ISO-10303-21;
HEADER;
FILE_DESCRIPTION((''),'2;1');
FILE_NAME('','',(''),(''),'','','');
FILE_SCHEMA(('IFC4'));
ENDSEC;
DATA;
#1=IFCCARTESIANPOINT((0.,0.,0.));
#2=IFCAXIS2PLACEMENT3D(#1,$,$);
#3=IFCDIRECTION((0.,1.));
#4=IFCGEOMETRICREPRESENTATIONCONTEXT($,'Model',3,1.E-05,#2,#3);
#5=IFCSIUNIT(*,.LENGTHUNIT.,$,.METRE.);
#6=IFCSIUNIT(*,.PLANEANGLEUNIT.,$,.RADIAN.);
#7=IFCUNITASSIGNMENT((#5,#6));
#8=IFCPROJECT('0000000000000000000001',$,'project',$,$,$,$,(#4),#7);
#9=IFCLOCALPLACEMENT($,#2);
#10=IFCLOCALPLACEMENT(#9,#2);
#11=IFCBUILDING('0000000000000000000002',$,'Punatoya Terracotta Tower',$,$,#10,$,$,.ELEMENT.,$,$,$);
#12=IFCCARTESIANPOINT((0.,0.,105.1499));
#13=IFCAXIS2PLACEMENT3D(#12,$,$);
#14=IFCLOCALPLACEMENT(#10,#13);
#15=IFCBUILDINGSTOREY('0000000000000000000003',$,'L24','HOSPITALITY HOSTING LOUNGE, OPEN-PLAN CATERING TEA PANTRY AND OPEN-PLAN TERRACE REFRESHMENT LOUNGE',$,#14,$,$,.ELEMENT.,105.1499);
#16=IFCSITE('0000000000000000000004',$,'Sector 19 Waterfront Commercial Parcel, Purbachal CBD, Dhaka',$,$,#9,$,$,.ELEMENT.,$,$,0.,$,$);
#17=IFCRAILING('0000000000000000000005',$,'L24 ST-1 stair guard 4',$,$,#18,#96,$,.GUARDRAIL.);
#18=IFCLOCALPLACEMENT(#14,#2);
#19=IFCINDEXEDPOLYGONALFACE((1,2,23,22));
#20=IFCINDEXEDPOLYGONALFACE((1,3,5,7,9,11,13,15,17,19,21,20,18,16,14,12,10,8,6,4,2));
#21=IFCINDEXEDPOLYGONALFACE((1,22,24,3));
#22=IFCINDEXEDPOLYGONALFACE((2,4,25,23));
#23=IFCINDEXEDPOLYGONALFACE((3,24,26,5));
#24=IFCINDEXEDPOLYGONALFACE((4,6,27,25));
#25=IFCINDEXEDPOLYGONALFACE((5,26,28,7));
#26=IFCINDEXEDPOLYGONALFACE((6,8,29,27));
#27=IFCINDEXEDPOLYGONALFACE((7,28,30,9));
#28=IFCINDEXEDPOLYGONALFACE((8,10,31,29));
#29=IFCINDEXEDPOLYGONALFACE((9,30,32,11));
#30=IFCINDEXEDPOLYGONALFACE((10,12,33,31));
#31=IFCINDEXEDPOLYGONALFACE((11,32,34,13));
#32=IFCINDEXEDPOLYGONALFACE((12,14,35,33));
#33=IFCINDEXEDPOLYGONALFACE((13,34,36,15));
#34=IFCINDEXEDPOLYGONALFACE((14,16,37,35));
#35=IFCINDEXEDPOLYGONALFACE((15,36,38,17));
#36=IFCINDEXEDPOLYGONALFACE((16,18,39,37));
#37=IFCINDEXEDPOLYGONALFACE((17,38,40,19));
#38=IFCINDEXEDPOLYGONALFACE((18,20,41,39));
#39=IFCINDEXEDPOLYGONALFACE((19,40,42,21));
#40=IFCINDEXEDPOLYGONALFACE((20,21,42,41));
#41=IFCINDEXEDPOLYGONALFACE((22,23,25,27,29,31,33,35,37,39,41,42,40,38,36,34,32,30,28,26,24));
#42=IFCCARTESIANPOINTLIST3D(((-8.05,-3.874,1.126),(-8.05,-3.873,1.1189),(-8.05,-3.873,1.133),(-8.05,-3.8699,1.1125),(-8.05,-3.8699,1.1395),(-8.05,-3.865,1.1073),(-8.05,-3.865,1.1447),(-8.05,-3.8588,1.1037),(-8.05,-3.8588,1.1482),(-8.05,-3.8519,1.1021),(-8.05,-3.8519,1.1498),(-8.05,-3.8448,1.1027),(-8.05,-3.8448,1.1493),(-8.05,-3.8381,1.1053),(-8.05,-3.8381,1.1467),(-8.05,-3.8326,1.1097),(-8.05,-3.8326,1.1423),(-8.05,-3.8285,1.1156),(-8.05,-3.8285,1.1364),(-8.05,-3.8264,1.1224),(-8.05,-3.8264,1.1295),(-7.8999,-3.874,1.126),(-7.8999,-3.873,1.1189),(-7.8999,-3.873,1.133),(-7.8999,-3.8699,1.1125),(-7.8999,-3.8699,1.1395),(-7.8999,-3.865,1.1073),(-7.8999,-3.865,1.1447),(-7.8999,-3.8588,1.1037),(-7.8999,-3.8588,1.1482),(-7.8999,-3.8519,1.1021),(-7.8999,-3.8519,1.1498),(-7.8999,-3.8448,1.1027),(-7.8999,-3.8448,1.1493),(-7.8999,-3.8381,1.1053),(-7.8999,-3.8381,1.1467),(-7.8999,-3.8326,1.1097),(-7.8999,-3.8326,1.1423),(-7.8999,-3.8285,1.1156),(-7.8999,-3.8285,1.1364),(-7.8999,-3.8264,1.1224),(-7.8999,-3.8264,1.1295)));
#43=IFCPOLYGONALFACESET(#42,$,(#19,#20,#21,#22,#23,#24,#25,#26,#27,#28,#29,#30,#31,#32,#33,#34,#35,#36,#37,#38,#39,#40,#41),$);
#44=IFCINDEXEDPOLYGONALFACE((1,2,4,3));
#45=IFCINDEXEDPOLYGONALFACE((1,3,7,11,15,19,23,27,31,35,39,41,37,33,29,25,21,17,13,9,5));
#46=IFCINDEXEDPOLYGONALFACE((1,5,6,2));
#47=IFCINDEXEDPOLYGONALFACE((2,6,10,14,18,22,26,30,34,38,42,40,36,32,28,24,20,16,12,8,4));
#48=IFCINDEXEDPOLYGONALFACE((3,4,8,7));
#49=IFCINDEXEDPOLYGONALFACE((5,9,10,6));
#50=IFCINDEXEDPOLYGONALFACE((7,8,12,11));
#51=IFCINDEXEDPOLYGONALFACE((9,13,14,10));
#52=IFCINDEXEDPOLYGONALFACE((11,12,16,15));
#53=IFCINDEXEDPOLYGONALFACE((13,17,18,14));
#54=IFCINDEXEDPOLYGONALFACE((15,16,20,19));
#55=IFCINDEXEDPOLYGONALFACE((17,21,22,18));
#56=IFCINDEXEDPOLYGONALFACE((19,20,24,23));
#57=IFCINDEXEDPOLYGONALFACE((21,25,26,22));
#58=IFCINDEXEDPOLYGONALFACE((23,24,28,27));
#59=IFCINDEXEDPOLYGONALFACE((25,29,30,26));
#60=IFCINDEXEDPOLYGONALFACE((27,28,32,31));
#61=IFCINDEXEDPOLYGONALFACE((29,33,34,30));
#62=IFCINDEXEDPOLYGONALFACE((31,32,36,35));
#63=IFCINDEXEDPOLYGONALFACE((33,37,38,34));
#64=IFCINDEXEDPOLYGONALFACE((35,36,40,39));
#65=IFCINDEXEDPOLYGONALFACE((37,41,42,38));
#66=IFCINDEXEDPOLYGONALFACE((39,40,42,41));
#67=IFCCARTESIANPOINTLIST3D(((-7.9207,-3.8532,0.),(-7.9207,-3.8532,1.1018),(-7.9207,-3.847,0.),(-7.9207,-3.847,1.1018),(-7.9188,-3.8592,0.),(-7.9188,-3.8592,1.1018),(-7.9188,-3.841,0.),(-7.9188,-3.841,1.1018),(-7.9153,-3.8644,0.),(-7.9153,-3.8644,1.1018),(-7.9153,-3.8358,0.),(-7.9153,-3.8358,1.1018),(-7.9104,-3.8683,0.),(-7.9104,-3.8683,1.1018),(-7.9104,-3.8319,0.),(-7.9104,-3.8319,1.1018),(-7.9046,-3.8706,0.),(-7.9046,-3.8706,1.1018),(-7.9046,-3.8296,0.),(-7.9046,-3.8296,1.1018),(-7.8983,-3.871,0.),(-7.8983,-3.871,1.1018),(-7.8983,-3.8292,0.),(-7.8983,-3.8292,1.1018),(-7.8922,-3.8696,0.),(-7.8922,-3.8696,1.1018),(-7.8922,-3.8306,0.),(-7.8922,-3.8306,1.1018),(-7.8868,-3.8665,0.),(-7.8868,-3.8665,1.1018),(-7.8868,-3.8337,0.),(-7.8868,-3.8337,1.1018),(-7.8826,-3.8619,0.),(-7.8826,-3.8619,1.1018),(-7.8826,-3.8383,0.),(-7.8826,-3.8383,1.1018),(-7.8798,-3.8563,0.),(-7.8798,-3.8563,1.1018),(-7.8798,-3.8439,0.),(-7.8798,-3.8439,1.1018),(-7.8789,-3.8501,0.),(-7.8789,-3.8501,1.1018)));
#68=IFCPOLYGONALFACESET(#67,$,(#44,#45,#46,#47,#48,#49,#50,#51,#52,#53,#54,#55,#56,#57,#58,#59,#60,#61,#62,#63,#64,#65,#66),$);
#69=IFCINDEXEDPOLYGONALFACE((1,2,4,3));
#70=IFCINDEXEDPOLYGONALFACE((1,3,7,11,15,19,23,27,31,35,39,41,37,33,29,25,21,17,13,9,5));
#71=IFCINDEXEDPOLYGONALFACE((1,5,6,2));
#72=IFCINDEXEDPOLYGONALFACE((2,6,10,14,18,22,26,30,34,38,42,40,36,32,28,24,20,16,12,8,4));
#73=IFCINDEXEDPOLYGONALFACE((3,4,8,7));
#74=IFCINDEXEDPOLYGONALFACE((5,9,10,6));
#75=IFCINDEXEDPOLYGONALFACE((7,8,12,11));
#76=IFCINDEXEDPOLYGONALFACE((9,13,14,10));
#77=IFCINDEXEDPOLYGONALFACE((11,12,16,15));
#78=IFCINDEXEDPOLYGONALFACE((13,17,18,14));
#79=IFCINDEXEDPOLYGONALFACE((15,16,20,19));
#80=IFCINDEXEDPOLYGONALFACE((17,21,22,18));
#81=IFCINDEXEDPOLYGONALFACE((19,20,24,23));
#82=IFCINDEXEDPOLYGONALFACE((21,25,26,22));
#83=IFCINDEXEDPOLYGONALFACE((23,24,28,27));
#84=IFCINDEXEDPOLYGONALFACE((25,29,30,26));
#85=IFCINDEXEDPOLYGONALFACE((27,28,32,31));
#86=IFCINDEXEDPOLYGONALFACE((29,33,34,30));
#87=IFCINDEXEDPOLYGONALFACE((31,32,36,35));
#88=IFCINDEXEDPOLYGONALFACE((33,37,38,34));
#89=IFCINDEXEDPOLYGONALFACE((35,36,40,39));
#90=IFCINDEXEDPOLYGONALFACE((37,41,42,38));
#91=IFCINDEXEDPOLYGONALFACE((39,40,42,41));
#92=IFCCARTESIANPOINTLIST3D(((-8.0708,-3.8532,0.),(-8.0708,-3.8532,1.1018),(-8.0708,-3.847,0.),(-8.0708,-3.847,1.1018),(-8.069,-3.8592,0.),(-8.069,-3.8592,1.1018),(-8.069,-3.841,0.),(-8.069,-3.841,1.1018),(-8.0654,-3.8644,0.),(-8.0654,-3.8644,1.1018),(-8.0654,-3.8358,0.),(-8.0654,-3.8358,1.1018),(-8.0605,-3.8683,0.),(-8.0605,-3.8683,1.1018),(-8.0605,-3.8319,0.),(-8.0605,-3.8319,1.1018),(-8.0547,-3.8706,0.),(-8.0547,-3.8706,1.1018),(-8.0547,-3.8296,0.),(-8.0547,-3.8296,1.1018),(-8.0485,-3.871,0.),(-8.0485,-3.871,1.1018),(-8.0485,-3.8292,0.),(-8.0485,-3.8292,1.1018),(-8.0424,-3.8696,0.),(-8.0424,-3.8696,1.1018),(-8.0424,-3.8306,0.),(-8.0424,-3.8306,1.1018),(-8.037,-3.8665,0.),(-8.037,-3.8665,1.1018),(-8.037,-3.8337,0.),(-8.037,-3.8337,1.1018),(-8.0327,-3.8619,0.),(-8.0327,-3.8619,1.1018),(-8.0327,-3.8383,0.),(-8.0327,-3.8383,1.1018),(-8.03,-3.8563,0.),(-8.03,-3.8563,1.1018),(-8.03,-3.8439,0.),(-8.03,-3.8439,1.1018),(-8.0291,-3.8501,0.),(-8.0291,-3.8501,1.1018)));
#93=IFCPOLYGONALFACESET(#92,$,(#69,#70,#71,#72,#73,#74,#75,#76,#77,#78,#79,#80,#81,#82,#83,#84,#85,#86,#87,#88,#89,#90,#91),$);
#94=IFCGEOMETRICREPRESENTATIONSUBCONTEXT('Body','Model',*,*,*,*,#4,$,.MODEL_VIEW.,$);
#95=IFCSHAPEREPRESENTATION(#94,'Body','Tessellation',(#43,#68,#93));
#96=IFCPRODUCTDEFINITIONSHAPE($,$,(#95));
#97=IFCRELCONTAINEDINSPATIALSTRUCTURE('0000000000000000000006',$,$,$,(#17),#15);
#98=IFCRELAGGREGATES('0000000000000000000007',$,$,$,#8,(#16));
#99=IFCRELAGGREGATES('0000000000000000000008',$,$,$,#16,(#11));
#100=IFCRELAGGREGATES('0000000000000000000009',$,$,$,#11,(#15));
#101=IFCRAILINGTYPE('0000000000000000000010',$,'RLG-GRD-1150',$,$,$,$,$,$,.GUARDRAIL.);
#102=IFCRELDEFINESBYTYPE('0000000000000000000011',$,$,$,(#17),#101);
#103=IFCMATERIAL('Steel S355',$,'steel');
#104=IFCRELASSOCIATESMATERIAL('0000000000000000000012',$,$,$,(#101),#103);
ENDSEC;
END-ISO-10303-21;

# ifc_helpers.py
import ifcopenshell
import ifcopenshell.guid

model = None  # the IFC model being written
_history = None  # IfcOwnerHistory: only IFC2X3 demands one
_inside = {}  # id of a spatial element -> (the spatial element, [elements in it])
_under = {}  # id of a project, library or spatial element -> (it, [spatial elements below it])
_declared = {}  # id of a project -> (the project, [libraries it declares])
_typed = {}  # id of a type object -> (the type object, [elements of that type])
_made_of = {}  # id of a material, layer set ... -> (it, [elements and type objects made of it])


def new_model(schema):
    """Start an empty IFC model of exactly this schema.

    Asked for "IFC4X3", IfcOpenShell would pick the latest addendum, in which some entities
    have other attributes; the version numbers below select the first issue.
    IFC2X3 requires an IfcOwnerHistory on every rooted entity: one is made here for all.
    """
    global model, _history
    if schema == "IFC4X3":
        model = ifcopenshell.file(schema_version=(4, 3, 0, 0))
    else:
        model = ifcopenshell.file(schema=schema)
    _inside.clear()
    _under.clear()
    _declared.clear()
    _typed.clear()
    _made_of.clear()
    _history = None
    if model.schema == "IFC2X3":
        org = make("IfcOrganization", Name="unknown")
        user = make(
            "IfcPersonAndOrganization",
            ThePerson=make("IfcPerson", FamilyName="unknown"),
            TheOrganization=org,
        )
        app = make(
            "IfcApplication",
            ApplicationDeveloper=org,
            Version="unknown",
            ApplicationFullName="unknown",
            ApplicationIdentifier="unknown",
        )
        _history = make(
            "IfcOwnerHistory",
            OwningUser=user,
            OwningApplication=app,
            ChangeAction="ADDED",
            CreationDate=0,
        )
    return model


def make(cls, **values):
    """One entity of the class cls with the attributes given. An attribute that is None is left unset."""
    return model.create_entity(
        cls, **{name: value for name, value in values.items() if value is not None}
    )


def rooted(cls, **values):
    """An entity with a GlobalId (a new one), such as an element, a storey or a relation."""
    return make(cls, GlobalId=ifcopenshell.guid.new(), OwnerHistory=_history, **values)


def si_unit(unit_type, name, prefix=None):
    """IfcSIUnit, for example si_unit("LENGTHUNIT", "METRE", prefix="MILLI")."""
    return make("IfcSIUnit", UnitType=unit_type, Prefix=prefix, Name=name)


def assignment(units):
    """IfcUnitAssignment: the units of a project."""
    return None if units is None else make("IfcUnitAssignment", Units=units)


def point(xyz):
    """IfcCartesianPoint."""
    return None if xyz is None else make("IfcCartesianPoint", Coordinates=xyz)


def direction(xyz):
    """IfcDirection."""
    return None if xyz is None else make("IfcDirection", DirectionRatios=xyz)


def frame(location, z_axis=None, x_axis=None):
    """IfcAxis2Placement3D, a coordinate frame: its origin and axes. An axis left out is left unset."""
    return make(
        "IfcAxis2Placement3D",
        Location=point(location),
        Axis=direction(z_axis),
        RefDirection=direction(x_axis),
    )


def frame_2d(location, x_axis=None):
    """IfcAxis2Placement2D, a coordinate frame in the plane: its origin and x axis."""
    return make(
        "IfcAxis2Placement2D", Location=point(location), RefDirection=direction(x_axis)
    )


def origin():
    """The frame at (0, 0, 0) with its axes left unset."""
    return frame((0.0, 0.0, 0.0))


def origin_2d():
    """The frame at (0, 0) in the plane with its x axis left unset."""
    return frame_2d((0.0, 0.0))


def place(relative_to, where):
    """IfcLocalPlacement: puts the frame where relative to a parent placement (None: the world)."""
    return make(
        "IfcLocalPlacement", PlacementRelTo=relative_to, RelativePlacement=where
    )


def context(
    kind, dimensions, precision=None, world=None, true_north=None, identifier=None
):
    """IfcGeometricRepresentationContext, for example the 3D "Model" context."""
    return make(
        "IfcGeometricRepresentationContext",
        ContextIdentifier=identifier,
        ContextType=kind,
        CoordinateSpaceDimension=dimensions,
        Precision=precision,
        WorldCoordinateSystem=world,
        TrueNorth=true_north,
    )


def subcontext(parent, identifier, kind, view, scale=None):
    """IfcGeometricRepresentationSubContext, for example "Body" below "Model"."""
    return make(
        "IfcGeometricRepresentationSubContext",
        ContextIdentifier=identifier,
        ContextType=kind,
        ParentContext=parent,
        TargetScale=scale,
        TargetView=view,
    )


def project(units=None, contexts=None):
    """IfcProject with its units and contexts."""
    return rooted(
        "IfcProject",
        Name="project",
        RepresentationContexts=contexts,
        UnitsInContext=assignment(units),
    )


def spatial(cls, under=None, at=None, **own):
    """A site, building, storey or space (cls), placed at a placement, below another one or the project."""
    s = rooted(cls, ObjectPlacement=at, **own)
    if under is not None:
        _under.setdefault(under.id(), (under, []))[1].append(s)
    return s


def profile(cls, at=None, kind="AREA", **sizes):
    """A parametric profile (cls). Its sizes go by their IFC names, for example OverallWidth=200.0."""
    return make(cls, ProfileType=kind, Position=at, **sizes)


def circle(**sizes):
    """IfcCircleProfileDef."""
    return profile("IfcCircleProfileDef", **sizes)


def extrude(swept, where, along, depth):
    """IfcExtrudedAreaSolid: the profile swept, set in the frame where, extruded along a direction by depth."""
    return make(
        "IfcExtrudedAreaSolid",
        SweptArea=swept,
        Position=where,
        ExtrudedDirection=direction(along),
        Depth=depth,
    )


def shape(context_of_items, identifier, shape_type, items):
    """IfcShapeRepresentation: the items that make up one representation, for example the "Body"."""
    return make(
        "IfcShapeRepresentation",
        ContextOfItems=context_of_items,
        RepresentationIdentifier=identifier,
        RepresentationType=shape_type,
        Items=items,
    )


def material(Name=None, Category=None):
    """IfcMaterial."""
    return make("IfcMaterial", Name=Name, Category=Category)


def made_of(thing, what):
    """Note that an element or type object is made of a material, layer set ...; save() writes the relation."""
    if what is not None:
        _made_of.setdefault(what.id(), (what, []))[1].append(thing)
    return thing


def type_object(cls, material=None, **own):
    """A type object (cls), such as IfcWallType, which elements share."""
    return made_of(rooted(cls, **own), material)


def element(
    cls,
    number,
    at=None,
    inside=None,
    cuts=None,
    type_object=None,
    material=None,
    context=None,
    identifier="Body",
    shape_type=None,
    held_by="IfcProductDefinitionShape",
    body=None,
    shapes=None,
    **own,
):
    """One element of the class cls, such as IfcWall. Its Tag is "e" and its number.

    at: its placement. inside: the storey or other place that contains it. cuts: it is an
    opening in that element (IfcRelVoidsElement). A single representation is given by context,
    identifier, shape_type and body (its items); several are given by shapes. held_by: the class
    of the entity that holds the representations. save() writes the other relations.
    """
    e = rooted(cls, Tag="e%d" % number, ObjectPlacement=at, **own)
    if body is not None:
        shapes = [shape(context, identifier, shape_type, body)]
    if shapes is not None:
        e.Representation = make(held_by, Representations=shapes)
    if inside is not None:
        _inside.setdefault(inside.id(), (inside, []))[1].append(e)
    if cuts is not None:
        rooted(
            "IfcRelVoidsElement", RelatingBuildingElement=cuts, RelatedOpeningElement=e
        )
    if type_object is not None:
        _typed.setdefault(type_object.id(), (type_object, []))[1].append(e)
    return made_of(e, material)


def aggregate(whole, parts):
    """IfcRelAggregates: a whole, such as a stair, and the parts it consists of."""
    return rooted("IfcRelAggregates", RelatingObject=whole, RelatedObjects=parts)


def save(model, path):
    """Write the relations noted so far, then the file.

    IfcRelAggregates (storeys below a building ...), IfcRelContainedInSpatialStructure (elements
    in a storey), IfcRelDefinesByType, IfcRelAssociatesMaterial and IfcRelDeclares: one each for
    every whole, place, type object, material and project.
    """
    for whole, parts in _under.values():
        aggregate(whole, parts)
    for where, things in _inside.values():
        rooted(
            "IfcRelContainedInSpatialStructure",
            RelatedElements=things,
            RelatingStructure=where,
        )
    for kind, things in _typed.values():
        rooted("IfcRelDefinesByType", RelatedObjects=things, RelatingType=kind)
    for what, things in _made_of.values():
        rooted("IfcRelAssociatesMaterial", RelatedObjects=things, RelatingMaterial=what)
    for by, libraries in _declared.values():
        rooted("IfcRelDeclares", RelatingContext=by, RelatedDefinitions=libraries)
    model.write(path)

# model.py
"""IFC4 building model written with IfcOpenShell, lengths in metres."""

from ifc_helpers import new_model, si_unit, direction, frame, origin, origin_2d, place, context, subcontext, project, spatial, circle, extrude, material, type_object, element, save


model = new_model("IFC4")

# Units and contexts
model_context = context("Model", 3, precision=1e-05, world=origin(), true_north=direction((0.0, 1.0)))
body_context = subcontext(model_context, "Body", "Model", "MODEL_VIEW")
ifc_project = project(units=[si_unit("LENGTHUNIT", "METRE"), si_unit("PLANEANGLEUNIT", "RADIAN")], contexts=[model_context])

# Site, building, storey
site_placement = place(None, origin())
site = spatial("IfcSite", under=ifc_project, at=site_placement, Name="Sector 19 Waterfront Commercial Parcel, Purbachal CBD, Dhaka", CompositionType="ELEMENT", RefElevation=0.0)
building_placement = place(site_placement, origin())
building = spatial("IfcBuilding", under=site, at=building_placement, Name="Punatoya Terracotta Tower", CompositionType="ELEMENT")
storey_placement = place(building_placement, frame((0.0, 0.0, 105.1499)))
storey = spatial("IfcBuildingStorey", under=building, at=storey_placement, Name="L24", Description="HOSPITALITY HOSTING LOUNGE, OPEN-PLAN CATERING TEA PANTRY AND OPEN-PLAN TERRACE REFRESHMENT LOUNGE", CompositionType="ELEMENT", Elevation=105.1499)

# Shared definitions
ifc_material_1 = material(Name="Steel S355", Category="steel")

# Railing
railing_type_1 = type_object("IfcRailingType", Name="RLG-GRD-1150", PredefinedType="GUARDRAIL", material=ifc_material_1)
railing_1_placement = place(storey_placement, frame((-7.8999, -3.8501, 0.0)))
element("IfcRailing", 1, at=railing_1_placement, inside=storey, type_object=railing_type_1, Name="L24 ST-1 stair guard 4", PredefinedType="GUARDRAIL", context=body_context, shape_type="SweptSolid", body=[
    extrude(circle(Radius=0.0239, at=origin_2d()), frame((0.0, 0.0, 1.126), z_axis=(-1.0, 0.0, 0.0), x_axis=(0.0, -1.0, 0.0)), (0.0, 0.0, 1.0), 0.1501),
    extrude(circle(Radius=0.021, at=origin_2d()), origin(), (0.0, 0.0, 1.0), 1.1018),
    extrude(circle(Radius=0.021, at=origin_2d()), frame((-0.1501, 0.0, 0.0)), (0.0, 0.0, 1.0), 1.1018),
])

save(model, "model.ifc")
